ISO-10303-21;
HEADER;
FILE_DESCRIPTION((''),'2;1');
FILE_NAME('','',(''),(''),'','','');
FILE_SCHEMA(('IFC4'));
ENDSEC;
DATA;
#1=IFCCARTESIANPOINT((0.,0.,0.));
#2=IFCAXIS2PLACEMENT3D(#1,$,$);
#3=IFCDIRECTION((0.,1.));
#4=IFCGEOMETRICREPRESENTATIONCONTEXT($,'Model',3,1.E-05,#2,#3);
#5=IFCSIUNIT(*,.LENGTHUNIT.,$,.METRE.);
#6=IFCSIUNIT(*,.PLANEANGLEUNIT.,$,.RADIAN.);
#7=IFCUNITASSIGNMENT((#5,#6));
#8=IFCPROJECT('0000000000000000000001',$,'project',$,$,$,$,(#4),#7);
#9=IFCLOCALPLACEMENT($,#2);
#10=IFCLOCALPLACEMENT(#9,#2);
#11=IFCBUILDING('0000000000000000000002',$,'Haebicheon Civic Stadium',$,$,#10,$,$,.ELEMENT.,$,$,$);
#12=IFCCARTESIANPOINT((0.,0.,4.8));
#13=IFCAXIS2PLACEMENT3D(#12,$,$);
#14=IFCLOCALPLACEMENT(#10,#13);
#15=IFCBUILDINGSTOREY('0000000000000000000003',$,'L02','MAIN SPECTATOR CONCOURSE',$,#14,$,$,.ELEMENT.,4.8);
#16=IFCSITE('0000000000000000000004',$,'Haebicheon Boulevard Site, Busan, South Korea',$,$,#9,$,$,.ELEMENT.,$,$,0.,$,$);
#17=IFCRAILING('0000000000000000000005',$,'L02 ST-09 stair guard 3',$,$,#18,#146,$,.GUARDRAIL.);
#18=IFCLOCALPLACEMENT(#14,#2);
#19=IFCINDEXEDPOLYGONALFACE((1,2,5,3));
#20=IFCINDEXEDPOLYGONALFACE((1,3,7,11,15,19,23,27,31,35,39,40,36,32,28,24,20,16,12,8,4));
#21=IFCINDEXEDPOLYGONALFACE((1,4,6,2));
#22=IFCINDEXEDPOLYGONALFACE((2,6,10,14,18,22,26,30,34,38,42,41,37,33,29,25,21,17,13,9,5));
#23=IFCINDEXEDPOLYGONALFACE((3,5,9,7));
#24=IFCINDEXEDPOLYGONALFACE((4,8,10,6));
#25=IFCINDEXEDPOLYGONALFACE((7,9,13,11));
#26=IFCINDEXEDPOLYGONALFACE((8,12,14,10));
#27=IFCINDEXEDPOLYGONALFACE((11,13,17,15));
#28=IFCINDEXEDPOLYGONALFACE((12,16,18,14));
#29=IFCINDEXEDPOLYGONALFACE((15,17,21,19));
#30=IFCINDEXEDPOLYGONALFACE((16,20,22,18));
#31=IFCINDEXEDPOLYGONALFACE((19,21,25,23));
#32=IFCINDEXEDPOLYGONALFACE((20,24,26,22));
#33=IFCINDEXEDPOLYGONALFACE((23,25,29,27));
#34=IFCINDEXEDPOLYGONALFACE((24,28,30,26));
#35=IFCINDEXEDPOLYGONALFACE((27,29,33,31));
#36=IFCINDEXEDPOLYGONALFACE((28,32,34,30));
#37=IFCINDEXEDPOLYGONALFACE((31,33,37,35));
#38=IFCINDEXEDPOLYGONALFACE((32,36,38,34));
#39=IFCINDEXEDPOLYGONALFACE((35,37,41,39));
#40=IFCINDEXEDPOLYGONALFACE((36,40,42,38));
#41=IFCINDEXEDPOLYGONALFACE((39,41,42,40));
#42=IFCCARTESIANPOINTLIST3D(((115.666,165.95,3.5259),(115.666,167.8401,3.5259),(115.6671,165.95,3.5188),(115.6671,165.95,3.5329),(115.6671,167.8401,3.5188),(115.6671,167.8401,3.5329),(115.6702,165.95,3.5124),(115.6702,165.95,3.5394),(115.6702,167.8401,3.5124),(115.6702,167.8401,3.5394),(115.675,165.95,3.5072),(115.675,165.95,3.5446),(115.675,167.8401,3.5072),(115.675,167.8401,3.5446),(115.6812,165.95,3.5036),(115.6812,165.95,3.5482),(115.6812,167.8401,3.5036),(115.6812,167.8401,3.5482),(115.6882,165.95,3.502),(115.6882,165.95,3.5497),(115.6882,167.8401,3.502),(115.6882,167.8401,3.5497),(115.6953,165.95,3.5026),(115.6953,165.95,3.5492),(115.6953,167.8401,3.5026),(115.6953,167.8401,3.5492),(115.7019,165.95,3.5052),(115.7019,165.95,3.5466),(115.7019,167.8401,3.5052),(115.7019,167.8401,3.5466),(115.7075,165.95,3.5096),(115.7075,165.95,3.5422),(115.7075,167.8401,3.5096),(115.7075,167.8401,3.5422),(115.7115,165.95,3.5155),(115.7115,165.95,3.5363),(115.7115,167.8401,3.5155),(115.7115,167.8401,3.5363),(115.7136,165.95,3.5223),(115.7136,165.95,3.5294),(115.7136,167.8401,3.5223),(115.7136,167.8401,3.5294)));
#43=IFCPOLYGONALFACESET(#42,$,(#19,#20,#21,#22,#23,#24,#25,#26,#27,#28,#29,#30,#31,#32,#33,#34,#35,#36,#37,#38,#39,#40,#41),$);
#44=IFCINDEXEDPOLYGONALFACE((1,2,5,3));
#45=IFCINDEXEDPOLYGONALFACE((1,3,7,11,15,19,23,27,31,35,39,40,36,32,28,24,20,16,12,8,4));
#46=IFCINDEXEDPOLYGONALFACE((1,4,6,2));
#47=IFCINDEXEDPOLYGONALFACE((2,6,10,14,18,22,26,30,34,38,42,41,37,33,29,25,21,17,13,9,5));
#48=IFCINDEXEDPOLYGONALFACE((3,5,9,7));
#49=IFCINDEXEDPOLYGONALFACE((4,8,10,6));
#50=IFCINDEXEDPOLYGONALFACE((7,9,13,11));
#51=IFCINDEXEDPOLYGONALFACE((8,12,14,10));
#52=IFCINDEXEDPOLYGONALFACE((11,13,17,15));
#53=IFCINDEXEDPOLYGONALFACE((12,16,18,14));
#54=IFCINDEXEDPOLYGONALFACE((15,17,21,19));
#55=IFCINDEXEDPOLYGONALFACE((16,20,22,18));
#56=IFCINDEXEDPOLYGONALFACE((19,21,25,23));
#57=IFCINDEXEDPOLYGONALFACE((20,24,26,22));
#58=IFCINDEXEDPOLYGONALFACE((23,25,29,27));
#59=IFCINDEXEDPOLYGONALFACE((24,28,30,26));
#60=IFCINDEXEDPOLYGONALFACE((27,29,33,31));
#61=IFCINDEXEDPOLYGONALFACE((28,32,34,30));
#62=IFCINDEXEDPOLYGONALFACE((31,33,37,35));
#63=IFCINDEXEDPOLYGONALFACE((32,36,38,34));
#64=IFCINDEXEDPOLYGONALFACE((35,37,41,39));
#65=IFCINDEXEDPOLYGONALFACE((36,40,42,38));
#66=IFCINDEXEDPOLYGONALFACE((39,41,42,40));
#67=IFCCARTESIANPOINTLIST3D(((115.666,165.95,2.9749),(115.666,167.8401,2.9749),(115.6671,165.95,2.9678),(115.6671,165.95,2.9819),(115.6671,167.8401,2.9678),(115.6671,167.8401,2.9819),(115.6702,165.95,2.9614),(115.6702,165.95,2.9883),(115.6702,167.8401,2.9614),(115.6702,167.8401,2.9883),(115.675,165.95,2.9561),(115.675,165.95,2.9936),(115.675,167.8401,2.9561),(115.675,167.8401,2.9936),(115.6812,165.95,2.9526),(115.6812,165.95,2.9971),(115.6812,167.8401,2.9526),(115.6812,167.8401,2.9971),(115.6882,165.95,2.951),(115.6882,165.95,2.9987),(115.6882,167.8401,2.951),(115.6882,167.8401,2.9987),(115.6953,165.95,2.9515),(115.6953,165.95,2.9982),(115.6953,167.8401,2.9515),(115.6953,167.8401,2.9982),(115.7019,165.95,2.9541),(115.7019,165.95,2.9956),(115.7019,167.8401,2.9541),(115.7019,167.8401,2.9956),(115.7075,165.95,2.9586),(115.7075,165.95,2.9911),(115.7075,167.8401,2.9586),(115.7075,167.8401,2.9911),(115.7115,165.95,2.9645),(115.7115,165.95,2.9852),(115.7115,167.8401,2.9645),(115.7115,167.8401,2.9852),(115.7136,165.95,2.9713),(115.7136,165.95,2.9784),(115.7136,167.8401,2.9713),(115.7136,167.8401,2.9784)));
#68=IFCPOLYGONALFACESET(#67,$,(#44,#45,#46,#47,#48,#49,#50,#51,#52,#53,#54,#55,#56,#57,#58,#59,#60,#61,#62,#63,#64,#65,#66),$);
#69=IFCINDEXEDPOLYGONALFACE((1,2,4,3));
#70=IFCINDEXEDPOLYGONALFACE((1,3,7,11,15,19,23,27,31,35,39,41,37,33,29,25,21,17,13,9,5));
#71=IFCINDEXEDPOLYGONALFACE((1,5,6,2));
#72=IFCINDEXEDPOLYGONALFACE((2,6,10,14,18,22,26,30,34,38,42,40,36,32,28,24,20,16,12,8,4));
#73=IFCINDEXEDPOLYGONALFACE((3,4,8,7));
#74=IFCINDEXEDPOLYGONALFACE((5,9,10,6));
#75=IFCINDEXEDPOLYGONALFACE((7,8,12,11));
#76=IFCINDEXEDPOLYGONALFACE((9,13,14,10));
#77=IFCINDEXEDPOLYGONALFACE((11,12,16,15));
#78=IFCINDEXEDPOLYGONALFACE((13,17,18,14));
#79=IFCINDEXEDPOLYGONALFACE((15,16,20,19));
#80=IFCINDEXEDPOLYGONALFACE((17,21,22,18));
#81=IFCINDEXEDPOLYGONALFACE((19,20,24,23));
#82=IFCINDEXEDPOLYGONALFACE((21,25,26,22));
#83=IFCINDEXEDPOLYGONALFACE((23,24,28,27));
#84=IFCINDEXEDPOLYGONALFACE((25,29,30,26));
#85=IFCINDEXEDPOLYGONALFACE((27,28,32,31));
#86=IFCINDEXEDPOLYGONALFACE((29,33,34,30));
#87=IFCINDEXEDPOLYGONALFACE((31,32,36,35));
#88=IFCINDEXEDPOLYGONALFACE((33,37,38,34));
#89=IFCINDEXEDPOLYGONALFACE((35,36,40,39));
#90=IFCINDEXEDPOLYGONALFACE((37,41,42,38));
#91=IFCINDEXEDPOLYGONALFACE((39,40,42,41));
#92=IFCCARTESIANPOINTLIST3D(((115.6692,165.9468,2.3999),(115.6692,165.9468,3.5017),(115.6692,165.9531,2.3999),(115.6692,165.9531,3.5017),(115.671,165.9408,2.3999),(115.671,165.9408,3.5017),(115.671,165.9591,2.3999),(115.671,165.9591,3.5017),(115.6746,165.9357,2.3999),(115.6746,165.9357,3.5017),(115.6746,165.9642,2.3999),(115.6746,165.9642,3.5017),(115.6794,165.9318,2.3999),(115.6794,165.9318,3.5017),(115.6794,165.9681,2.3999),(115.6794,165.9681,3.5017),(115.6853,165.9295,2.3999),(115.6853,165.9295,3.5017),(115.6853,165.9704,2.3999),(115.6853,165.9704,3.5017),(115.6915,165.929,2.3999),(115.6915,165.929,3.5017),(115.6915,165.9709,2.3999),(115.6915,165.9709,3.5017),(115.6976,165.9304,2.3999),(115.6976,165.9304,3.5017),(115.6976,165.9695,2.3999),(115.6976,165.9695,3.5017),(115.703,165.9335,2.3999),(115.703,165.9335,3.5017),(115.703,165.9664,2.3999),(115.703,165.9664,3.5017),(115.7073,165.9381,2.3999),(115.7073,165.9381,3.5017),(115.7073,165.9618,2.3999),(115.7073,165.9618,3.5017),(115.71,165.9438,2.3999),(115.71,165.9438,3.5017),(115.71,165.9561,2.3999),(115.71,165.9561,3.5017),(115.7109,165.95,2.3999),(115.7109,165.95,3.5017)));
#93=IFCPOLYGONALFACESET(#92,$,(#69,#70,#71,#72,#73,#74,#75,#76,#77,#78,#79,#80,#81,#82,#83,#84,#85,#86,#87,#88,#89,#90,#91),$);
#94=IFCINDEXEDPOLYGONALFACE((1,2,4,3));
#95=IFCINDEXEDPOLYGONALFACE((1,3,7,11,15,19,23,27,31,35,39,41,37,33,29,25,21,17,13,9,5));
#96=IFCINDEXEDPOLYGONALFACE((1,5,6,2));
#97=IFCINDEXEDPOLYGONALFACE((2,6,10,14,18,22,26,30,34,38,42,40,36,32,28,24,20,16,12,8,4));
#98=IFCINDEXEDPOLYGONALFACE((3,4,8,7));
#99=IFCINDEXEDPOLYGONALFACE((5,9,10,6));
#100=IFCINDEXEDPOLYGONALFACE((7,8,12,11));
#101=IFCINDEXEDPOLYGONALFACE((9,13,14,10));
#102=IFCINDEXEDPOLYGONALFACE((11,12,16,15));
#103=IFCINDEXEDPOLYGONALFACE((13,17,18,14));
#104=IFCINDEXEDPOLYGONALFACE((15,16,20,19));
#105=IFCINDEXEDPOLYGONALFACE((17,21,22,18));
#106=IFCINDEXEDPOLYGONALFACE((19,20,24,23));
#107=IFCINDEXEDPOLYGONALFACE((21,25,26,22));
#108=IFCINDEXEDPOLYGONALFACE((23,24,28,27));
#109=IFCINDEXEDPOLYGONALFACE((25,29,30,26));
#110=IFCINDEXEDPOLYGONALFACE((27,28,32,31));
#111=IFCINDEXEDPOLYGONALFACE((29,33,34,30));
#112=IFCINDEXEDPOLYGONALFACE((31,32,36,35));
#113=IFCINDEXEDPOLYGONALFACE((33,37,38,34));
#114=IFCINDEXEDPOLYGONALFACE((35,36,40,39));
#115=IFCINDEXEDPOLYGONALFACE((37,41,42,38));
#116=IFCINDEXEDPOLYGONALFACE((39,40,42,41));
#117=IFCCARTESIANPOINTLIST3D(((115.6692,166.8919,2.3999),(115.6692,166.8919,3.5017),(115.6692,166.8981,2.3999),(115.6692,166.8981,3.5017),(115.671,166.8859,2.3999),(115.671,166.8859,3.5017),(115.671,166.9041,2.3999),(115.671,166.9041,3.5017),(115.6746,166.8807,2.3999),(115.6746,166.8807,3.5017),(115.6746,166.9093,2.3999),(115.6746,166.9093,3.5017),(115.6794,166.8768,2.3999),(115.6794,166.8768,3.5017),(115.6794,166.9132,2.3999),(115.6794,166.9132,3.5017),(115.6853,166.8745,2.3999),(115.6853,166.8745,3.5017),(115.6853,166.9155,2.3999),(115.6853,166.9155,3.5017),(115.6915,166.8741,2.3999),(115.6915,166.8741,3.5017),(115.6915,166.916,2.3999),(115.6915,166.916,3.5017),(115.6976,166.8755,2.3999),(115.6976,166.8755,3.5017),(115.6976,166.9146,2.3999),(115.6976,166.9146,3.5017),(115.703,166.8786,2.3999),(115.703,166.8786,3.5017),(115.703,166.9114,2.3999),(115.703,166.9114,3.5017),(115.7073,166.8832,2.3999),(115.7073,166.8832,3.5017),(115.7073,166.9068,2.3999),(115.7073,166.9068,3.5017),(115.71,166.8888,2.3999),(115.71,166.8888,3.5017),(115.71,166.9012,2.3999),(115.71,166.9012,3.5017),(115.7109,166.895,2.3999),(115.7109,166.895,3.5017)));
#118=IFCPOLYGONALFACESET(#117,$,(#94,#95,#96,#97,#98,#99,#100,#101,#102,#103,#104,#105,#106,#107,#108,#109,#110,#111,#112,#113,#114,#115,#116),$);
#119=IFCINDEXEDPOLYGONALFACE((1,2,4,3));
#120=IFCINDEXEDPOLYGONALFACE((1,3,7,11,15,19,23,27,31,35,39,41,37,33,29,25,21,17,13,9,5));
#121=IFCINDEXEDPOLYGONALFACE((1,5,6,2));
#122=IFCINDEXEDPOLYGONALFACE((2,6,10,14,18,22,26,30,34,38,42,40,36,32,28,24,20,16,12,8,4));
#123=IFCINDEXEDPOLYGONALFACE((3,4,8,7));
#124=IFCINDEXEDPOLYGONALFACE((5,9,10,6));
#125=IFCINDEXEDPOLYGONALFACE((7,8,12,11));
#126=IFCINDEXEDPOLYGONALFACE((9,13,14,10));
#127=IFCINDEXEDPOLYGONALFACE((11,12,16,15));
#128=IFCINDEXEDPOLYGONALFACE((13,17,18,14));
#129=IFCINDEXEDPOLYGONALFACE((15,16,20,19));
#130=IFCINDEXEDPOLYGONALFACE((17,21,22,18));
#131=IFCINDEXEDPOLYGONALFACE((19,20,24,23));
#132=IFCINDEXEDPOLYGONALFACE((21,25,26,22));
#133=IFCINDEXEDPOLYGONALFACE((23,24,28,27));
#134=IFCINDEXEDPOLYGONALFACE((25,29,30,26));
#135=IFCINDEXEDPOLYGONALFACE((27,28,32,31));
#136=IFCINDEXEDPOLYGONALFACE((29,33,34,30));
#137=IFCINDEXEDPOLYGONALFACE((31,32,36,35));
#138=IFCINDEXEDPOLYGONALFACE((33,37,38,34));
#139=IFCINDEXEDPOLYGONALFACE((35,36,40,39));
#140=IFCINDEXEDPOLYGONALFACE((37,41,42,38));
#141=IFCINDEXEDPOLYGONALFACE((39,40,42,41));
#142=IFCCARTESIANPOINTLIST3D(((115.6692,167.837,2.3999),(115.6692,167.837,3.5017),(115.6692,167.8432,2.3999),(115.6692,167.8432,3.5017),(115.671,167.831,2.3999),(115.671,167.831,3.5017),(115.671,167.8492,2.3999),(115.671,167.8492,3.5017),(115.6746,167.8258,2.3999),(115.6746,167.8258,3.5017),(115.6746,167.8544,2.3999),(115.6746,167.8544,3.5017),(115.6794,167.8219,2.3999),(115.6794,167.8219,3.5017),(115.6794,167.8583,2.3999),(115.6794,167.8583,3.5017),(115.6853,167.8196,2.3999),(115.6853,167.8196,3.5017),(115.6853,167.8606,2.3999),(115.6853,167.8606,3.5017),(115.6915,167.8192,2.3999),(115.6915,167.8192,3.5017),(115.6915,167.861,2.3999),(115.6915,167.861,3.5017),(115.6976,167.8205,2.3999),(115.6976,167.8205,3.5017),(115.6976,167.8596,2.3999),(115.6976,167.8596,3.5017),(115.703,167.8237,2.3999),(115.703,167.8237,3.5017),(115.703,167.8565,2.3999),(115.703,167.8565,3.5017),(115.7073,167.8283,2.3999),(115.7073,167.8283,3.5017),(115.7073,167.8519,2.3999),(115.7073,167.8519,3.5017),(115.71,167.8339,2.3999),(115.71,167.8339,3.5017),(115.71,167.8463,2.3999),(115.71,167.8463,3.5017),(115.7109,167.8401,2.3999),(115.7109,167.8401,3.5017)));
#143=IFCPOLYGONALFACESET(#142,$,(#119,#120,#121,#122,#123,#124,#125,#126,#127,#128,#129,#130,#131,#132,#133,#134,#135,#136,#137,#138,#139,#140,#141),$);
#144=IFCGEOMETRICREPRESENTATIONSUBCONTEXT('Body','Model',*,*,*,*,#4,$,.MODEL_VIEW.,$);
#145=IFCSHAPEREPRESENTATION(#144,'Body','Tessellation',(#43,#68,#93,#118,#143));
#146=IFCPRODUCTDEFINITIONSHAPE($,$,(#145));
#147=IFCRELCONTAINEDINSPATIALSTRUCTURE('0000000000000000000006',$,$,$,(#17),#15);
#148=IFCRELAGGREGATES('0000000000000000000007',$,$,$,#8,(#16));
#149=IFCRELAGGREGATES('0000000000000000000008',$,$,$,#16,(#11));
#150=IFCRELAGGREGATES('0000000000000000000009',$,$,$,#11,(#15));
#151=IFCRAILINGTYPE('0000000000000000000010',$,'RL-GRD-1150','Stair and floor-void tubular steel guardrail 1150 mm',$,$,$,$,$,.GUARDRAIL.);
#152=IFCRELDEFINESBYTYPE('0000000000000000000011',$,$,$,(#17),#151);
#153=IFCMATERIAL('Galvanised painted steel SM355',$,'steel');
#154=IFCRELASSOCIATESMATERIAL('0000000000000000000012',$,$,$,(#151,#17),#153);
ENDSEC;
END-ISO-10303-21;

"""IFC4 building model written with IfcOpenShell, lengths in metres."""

from ifc_helpers import new_model, si_unit, direction, frame, origin, origin_2d, place, context, subcontext, project, spatial, circle, extrude, material, type_object, element, save


model = new_model("IFC4")

# Units and contexts
model_context = context("Model", 3, precision=1e-05, world=origin(), true_north=direction((0.0, 1.0)))
body_context = subcontext(model_context, "Body", "Model", "MODEL_VIEW")
ifc_project = project(units=[si_unit("LENGTHUNIT", "METRE"), si_unit("PLANEANGLEUNIT", "RADIAN")], contexts=[model_context])

# Site, building, storey
site_placement = place(None, origin())
site = spatial("IfcSite", under=ifc_project, at=site_placement, Name="Haebicheon Boulevard Site, Busan, South Korea", CompositionType="ELEMENT", RefElevation=0.0)
building_placement = place(site_placement, origin())
building = spatial("IfcBuilding", under=site, at=building_placement, Name="Haebicheon Civic Stadium", CompositionType="ELEMENT")
storey_placement = place(building_placement, frame((0.0, 0.0, 4.8)))
storey = spatial("IfcBuildingStorey", under=building, at=storey_placement, Name="L02", Description="MAIN SPECTATOR CONCOURSE", CompositionType="ELEMENT", Elevation=4.8)

# Railing
ifc_material_1 = material(Name="Galvanised painted steel SM355", Category="steel")
railing_type = type_object("IfcRailingType", Name="RL-GRD-1150", Description="Stair and floor-void tubular steel guardrail 1150 mm", PredefinedType="GUARDRAIL", material=ifc_material_1)
railing_1_placement = place(storey_placement, frame((115.6899, 165.95, 2.3999)))
element("IfcRailing", 1, at=railing_1_placement, inside=storey, type_object=railing_type, material=ifc_material_1, Name="L02 ST-09 stair guard 3", PredefinedType="GUARDRAIL", context=body_context, shape_type="SweptSolid", body=[
    extrude(circle(Radius=0.0239, at=origin_2d()), frame((0.0, 0.0, 1.126), z_axis=(0.0, 1.0, 0.0), x_axis=(-1.0, 0.0, 0.0)), (0.0, 0.0, 1.0), 1.8901),
    extrude(circle(Radius=0.0239, at=origin_2d()), frame((0.0, 0.0, 0.575), z_axis=(0.0, 1.0, 0.0), x_axis=(-1.0, 0.0, 0.0)), (0.0, 0.0, 1.0), 1.8901),
    extrude(circle(Radius=0.021, at=origin_2d()), origin(), (0.0, 0.0, 1.0), 1.1018),
    extrude(circle(Radius=0.021, at=origin_2d()), frame((0.0, 0.9451, 0.0)), (0.0, 0.0, 1.0), 1.1018),
    extrude(circle(Radius=0.021, at=origin_2d()), frame((0.0, 1.8901, 0.0)), (0.0, 0.0, 1.0), 1.1018),
])

save(model, "model.ifc")
